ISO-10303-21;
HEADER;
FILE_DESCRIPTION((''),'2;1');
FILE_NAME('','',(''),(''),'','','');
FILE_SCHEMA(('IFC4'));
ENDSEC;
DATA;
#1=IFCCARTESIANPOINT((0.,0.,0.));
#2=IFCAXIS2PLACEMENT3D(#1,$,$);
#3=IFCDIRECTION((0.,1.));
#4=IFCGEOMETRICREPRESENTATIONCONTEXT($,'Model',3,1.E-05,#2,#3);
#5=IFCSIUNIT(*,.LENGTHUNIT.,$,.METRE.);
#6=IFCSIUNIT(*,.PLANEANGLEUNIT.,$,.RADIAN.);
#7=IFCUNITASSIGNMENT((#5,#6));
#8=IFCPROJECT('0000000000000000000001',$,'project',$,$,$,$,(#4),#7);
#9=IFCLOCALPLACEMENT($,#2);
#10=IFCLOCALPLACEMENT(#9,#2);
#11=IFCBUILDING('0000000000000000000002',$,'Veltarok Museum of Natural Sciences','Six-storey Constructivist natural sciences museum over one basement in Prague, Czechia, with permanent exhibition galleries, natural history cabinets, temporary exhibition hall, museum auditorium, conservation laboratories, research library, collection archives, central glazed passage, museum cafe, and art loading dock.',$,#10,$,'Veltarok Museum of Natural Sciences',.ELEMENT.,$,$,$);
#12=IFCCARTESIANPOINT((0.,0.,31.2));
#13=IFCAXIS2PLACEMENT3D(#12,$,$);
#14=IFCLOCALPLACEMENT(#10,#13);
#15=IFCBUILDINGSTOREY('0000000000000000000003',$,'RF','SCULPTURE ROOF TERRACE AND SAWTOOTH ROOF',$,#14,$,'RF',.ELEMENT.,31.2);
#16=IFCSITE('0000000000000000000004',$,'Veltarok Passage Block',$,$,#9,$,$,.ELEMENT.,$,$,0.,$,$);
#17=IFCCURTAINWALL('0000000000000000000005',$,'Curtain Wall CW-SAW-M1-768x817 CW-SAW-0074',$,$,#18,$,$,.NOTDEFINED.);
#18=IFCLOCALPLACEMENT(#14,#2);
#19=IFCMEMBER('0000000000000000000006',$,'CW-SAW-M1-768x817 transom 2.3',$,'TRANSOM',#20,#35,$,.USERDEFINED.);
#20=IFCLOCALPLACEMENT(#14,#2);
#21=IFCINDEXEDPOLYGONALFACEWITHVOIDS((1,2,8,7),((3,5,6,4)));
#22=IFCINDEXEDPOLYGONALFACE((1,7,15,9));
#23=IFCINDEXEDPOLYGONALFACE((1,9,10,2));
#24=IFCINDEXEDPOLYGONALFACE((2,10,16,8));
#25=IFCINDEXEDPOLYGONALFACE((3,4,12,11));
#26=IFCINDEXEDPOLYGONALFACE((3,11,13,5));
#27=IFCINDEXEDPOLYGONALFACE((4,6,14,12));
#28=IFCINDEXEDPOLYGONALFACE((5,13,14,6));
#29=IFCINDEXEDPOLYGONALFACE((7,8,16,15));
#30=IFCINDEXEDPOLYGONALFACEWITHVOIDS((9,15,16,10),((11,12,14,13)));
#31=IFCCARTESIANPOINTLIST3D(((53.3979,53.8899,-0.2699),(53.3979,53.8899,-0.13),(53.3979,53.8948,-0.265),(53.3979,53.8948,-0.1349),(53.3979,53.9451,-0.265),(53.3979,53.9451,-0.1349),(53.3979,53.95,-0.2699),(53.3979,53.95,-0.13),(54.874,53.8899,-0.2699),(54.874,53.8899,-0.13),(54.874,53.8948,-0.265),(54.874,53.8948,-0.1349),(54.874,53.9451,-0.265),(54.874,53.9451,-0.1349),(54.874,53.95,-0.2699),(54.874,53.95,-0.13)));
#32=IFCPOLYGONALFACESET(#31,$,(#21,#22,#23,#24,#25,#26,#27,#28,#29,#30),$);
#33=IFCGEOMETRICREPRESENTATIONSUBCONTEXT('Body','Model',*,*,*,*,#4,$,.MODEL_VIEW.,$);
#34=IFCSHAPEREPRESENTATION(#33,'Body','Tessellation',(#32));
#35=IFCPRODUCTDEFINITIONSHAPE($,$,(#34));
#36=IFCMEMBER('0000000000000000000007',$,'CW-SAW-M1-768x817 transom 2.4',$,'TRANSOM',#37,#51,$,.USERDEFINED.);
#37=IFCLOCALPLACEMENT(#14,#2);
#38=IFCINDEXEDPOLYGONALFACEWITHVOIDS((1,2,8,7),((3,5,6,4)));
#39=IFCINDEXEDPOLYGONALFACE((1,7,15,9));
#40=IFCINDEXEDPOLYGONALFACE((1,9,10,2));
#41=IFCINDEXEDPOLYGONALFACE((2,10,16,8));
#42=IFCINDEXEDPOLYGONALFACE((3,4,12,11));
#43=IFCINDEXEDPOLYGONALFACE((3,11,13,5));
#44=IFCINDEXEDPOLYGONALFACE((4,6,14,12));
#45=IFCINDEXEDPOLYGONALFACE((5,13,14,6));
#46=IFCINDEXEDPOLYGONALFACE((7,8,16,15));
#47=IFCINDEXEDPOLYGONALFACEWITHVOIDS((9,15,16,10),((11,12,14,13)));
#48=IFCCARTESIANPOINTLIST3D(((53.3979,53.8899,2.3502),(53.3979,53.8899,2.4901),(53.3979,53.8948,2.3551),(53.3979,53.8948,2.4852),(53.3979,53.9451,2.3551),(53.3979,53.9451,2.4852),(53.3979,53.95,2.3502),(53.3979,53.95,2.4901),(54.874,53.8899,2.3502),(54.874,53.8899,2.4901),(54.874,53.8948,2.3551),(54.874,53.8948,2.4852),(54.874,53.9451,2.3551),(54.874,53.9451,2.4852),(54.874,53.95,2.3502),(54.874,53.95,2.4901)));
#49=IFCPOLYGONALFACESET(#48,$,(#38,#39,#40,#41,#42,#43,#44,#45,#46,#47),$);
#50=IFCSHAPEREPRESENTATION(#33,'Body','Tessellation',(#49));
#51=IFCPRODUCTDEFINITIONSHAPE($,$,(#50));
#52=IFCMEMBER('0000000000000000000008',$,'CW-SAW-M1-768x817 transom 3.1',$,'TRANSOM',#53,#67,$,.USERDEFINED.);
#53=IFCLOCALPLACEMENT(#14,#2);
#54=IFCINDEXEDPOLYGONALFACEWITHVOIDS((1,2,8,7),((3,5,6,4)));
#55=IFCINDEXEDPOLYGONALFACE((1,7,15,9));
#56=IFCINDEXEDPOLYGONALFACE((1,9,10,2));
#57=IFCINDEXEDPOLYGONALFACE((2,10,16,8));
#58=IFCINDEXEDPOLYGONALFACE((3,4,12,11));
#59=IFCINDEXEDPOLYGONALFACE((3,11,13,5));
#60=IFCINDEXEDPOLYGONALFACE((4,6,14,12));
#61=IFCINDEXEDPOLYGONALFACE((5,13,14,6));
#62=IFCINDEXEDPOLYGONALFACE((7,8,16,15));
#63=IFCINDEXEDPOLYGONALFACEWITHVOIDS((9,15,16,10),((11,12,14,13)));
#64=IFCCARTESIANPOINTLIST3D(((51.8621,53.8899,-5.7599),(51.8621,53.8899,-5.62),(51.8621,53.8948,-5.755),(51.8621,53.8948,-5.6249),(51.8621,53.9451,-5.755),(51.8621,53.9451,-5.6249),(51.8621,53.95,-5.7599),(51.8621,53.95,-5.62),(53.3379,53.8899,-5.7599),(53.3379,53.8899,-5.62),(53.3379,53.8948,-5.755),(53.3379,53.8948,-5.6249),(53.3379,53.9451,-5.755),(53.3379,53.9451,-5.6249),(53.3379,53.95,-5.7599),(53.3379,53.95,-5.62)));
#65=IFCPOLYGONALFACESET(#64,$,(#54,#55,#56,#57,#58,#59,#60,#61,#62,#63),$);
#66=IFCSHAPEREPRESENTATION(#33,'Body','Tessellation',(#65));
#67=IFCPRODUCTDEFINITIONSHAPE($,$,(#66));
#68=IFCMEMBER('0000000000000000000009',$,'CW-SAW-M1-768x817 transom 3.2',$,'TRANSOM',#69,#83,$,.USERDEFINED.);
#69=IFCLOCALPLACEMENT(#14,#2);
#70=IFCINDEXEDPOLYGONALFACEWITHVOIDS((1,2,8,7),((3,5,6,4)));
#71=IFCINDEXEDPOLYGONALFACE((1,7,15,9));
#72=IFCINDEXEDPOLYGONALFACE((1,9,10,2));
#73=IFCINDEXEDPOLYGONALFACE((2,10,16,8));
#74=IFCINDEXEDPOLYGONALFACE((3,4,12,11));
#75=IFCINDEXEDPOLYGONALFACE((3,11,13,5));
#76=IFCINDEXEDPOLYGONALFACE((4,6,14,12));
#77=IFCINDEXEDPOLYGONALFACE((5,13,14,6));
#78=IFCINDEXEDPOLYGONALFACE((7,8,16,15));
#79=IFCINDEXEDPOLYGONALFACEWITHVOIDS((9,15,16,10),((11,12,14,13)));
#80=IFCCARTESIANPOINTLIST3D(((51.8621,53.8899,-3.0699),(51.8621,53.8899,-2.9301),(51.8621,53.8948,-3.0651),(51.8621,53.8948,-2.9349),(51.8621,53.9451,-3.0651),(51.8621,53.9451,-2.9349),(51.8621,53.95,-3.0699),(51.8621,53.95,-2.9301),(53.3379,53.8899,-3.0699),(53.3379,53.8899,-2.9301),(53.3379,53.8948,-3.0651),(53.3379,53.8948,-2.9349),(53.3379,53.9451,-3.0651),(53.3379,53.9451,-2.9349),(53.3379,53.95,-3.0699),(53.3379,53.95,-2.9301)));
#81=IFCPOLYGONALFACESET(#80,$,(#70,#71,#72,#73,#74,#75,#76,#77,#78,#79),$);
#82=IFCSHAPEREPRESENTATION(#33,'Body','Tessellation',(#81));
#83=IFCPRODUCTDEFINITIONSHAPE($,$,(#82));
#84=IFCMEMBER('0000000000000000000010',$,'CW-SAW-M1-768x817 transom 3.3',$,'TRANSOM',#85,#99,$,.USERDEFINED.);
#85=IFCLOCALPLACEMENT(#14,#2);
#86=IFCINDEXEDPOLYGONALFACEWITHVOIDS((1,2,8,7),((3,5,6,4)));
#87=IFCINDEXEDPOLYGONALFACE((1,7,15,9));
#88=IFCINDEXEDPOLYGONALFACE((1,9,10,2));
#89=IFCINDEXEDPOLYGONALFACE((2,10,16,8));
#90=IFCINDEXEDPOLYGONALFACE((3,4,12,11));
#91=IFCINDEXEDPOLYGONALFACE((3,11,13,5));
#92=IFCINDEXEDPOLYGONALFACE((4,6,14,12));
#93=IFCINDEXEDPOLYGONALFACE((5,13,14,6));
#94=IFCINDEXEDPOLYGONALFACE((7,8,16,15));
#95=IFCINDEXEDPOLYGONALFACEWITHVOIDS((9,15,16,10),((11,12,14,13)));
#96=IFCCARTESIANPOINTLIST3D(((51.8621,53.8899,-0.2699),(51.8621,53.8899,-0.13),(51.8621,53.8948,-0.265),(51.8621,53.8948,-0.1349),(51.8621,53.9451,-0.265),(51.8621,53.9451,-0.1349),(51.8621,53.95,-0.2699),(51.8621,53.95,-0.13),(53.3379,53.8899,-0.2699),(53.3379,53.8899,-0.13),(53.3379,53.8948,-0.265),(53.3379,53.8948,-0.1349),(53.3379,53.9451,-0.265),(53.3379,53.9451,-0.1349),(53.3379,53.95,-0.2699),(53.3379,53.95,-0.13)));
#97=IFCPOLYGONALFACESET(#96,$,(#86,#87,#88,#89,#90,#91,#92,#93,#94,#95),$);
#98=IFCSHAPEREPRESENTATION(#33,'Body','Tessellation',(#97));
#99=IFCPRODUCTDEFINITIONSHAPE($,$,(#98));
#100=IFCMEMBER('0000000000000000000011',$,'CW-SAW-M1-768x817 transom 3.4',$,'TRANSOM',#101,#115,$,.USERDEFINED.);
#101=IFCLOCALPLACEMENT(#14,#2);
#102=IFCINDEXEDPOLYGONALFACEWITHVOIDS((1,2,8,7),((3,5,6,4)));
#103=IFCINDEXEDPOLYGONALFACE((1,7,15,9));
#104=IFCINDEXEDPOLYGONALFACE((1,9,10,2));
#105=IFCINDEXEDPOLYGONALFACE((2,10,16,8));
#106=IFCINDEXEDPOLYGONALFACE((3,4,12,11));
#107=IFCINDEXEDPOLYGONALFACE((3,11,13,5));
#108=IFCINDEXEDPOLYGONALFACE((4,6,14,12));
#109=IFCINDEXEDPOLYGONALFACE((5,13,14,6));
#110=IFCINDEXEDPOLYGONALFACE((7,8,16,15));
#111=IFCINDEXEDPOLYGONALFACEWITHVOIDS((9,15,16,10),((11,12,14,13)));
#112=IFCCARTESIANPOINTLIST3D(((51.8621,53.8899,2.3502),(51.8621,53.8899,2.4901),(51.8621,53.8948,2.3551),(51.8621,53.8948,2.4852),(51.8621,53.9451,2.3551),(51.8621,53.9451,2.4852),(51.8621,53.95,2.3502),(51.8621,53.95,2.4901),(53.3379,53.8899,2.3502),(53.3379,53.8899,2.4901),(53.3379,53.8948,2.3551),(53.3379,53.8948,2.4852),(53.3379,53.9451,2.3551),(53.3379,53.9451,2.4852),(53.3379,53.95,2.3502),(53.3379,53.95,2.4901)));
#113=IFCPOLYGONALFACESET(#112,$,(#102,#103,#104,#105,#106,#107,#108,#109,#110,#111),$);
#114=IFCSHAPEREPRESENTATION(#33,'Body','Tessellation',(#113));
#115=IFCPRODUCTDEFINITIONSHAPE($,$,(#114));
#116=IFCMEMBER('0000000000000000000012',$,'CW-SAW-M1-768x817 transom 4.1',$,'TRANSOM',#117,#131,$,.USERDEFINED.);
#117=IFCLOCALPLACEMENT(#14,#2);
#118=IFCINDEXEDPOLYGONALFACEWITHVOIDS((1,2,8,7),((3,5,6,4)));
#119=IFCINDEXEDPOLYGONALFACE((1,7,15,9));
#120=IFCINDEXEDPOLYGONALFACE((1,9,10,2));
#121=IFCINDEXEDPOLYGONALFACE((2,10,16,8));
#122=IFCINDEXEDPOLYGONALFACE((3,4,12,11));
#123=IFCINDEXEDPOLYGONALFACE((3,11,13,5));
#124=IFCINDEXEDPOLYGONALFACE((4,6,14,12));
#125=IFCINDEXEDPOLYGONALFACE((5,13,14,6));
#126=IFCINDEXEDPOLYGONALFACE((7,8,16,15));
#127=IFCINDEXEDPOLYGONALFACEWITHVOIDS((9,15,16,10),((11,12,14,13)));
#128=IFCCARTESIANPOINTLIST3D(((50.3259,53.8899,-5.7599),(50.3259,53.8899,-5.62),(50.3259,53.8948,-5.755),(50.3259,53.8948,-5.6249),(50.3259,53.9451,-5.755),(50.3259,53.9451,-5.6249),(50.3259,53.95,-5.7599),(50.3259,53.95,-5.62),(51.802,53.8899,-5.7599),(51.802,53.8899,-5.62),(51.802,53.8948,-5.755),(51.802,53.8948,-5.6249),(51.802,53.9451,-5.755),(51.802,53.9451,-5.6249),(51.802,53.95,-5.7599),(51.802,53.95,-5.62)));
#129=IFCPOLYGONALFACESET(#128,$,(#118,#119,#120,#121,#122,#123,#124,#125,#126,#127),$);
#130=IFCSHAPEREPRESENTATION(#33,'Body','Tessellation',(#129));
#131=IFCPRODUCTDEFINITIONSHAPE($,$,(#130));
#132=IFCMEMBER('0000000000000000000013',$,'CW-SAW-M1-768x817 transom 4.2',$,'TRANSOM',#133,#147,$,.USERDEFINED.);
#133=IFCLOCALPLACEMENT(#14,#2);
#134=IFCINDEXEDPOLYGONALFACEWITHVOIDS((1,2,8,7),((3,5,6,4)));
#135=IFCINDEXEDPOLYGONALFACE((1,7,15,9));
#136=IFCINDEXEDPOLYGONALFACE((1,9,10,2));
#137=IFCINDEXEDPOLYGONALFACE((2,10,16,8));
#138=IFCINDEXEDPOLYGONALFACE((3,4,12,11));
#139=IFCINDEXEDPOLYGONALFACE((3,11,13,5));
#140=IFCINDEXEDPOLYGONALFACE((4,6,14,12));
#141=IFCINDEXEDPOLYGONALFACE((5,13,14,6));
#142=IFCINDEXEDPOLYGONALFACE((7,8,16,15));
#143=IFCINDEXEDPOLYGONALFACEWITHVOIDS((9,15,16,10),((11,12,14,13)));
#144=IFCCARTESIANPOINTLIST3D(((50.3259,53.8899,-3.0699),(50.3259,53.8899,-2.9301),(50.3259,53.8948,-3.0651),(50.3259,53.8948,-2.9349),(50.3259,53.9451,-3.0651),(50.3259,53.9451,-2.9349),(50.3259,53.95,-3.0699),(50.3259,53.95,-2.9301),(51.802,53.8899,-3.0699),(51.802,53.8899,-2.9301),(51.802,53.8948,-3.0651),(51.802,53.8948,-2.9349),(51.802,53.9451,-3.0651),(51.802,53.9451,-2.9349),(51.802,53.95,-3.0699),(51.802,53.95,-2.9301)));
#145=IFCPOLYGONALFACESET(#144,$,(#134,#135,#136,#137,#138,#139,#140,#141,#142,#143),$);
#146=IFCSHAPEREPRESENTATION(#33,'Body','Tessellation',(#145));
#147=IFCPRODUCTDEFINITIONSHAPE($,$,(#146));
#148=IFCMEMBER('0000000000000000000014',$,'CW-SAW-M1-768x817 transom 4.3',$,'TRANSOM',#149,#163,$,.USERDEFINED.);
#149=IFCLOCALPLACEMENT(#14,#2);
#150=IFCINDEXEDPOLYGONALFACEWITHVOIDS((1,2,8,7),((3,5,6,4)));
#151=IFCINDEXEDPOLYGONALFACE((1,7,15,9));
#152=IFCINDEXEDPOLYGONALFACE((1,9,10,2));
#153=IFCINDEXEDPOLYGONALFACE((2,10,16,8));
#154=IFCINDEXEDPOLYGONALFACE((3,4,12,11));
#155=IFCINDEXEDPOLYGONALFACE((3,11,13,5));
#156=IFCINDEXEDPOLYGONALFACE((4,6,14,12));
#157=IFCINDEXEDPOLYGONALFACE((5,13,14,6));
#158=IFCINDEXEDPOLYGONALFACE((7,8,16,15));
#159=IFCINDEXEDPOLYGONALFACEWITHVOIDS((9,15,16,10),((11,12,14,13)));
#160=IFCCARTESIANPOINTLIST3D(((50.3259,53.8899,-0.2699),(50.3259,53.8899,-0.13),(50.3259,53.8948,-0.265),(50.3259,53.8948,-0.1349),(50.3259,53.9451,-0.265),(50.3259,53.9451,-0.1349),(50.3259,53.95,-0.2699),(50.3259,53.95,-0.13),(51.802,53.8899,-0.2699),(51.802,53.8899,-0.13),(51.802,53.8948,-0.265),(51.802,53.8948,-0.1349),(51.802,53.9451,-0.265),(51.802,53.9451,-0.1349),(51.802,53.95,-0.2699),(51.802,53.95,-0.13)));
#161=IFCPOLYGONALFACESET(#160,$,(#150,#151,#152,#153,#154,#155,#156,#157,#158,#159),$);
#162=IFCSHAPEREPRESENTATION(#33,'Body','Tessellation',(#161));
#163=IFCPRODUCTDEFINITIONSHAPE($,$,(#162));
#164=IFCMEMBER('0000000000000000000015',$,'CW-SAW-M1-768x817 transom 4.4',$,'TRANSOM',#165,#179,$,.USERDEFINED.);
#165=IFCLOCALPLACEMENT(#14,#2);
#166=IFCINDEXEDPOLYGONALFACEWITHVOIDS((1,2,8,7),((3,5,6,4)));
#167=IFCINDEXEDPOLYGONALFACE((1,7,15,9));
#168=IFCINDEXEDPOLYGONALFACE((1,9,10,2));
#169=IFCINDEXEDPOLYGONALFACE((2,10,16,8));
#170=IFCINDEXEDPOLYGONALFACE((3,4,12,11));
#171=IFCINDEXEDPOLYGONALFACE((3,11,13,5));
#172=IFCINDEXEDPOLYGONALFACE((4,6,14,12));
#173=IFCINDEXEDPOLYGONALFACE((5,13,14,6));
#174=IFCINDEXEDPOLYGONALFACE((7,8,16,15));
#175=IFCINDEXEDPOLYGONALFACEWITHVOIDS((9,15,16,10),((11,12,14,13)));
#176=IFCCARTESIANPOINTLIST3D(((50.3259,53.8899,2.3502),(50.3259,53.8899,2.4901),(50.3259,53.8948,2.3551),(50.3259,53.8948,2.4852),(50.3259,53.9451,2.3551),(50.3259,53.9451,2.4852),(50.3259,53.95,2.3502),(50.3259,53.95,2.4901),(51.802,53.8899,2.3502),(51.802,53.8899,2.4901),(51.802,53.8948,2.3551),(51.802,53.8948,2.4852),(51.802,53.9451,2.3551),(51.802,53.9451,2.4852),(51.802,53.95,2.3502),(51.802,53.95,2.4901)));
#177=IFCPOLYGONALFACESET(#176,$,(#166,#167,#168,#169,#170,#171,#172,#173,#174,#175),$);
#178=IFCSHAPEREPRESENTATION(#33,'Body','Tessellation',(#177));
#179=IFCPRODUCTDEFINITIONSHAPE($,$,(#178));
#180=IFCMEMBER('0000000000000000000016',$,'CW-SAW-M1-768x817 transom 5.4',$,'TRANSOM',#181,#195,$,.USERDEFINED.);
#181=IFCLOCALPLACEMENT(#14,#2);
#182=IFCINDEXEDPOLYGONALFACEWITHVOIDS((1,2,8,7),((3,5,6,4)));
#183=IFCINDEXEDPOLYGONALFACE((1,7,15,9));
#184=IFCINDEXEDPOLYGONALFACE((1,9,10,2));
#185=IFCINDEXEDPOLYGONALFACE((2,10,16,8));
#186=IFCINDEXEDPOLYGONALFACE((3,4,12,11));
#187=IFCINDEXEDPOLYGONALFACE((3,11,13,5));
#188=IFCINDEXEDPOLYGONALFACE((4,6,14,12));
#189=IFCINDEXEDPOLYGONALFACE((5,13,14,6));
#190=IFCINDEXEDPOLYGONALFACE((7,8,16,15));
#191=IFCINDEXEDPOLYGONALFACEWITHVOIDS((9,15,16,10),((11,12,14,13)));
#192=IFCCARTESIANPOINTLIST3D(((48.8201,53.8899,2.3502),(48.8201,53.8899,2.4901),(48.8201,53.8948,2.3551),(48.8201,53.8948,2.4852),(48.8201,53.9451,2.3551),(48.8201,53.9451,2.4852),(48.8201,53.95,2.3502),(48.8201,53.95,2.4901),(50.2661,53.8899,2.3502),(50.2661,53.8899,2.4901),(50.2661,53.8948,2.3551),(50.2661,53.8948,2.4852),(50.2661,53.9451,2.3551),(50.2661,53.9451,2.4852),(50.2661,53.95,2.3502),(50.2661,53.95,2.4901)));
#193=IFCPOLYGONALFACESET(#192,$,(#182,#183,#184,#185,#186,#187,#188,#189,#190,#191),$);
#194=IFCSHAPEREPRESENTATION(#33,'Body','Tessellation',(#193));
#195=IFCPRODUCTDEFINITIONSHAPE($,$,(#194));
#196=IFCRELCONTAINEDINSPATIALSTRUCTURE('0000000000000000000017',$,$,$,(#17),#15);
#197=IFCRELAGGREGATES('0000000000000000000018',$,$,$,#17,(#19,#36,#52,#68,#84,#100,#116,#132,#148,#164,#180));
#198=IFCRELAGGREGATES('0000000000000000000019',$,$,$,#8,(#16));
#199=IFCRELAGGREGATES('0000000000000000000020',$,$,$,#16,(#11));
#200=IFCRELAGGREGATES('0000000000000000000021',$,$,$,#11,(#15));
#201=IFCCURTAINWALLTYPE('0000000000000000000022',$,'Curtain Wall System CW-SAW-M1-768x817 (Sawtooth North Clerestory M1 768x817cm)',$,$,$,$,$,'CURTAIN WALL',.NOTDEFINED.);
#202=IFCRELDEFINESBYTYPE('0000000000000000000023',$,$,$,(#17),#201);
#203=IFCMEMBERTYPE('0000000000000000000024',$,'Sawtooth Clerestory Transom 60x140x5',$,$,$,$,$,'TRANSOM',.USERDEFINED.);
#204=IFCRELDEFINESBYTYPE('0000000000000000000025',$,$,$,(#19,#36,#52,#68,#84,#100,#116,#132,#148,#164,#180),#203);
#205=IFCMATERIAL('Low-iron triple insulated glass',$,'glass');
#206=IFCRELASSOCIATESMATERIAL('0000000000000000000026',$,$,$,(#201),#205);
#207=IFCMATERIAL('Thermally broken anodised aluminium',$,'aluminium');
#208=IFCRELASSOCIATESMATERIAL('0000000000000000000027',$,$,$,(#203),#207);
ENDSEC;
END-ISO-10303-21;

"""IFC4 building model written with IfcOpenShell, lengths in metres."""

from ifc_helpers import new_model, si_unit, direction, frame, origin, origin_2d, place, context, subcontext, project, spatial, hollow_rectangle, extrude, material, material_profile, profile_set, type_object, element, aggregate, save


model = new_model("IFC4")

# Units and contexts
model_context = context("Model", 3, precision=1e-05, world=origin(), true_north=direction((0.0, 1.0)))
body_context = subcontext(model_context, "Body", "Model", "MODEL_VIEW")
ifc_project = project(units=[si_unit("LENGTHUNIT", "METRE"), si_unit("PLANEANGLEUNIT", "RADIAN")], contexts=[model_context])

# Site, building, storey
site_placement = place(None, origin())
site = spatial("IfcSite", under=ifc_project, at=site_placement, Name="Veltarok Passage Block", CompositionType="ELEMENT", RefElevation=0.0)
building_placement = place(site_placement, origin())
building = spatial("IfcBuilding", under=site, at=building_placement, Name="Veltarok Museum of Natural Sciences", Description="Six-storey Constructivist natural sciences museum over one basement in Prague, Czechia, with permanent exhibition galleries, natural history cabinets, temporary exhibition hall, museum auditorium, conservation laboratories, research library, collection archives, central glazed passage, museum cafe, and art loading dock.", LongName="Veltarok Museum of Natural Sciences", CompositionType="ELEMENT")
storey_placement = place(building_placement, frame((0.0, 0.0, 31.2)))
storey = spatial("IfcBuildingStorey", under=building, at=storey_placement, Name="RF", Description="SCULPTURE ROOF TERRACE AND SAWTOOTH ROOF", LongName="RF", CompositionType="ELEMENT", Elevation=31.2)

# Curtain wall, members
ifc_material_1 = material(Name="Low-iron triple insulated glass", Category="glass")
curtain_wall_type = type_object("IfcCurtainWallType", Name="Curtain Wall System CW-SAW-M1-768x817 (Sawtooth North Clerestory M1 768x817cm)", ElementType="CURTAIN WALL", PredefinedType="NOTDEFINED", material=ifc_material_1)
curtain_wall_placement = place(storey_placement, origin())
curtain_wall = element("IfcCurtainWall", 1, at=curtain_wall_placement, inside=storey, type_object=curtain_wall_type, Name="Curtain Wall CW-SAW-M1-768x817 CW-SAW-0074", PredefinedType="NOTDEFINED")
ifc_material_2 = material(Name="Thermally broken anodised aluminium", Category="aluminium")
ifc_material_profile_1 = material_profile(ifc_material_2, hollow_rectangle(XDim=0.0601, YDim=0.1399, WallThickness=0.0049, at=origin_2d()), Name="CW TRANSOM 60x140x5")
ifc_profile_set_1 = profile_set([ifc_material_profile_1], Name="Thermally broken anodised aluminium")
member_type_1 = type_object("IfcMemberType", Name="Sawtooth Clerestory Transom 60x140x5", ElementType="TRANSOM", PredefinedType="USERDEFINED", material=ifc_profile_set_1)
member_1_placement = place(storey_placement, frame((54.874, 53.9199, -0.2), z_axis=(-1.0, 0.0, 0.0), x_axis=(0.0, -1.0, 0.0)))
member_1 = element("IfcMember", 2, at=member_1_placement, type_object=member_type_1, Name="CW-SAW-M1-768x817 transom 2.3", ObjectType="TRANSOM", PredefinedType="USERDEFINED", context=body_context, shape_type="SweptSolid", body=[
    extrude(hollow_rectangle(XDim=0.0601, YDim=0.1399, WallThickness=0.0049, at=origin_2d()), origin(), (0.0, 0.0, 1.0), 1.4761),
])
member_2_placement = place(storey_placement, frame((54.874, 53.9199, 2.4202), z_axis=(-1.0, 0.0, 0.0), x_axis=(0.0, -1.0, 0.0)))
member_2 = element("IfcMember", 3, at=member_2_placement, type_object=member_type_1, Name="CW-SAW-M1-768x817 transom 2.4", ObjectType="TRANSOM", PredefinedType="USERDEFINED", context=body_context, shape_type="SweptSolid", body=[
    extrude(hollow_rectangle(XDim=0.0601, YDim=0.1399, WallThickness=0.0049, at=origin_2d()), origin(), (0.0, 0.0, 1.0), 1.4761),
])
member_3_placement = place(storey_placement, frame((53.3379, 53.9199, -5.6899), z_axis=(-1.0, 0.0, 0.0), x_axis=(0.0, -1.0, 0.0)))
member_3 = element("IfcMember", 4, at=member_3_placement, type_object=member_type_1, Name="CW-SAW-M1-768x817 transom 3.1", ObjectType="TRANSOM", PredefinedType="USERDEFINED", context=body_context, shape_type="SweptSolid", body=[
    extrude(hollow_rectangle(XDim=0.0601, YDim=0.1399, WallThickness=0.0049, at=origin_2d()), origin(), (0.0, 0.0, 1.0), 1.4758),
])
member_4_placement = place(storey_placement, frame((53.3379, 53.9199, -3.0), z_axis=(-1.0, 0.0, 0.0), x_axis=(0.0, -1.0, 0.0)))
member_4 = element("IfcMember", 5, at=member_4_placement, type_object=member_type_1, Name="CW-SAW-M1-768x817 transom 3.2", ObjectType="TRANSOM", PredefinedType="USERDEFINED", context=body_context, shape_type="SweptSolid", body=[
    extrude(hollow_rectangle(XDim=0.0601, YDim=0.1399, WallThickness=0.0049, at=origin_2d()), origin(), (0.0, 0.0, 1.0), 1.4758),
])
member_5_placement = place(storey_placement, frame((53.3379, 53.9199, -0.2), z_axis=(-1.0, 0.0, 0.0), x_axis=(0.0, -1.0, 0.0)))
member_5 = element("IfcMember", 6, at=member_5_placement, type_object=member_type_1, Name="CW-SAW-M1-768x817 transom 3.3", ObjectType="TRANSOM", PredefinedType="USERDEFINED", context=body_context, shape_type="SweptSolid", body=[
    extrude(hollow_rectangle(XDim=0.0601, YDim=0.1399, WallThickness=0.0049, at=origin_2d()), origin(), (0.0, 0.0, 1.0), 1.4758),
])
member_6_placement = place(storey_placement, frame((53.3379, 53.9199, 2.4202), z_axis=(-1.0, 0.0, 0.0), x_axis=(0.0, -1.0, 0.0)))
member_6 = element("IfcMember", 7, at=member_6_placement, type_object=member_type_1, Name="CW-SAW-M1-768x817 transom 3.4", ObjectType="TRANSOM", PredefinedType="USERDEFINED", context=body_context, shape_type="SweptSolid", body=[
    extrude(hollow_rectangle(XDim=0.0601, YDim=0.1399, WallThickness=0.0049, at=origin_2d()), origin(), (0.0, 0.0, 1.0), 1.4758),
])
member_7_placement = place(storey_placement, frame((51.802, 53.9199, -5.6899), z_axis=(-1.0, 0.0, 0.0), x_axis=(0.0, -1.0, 0.0)))
member_7 = element("IfcMember", 8, at=member_7_placement, type_object=member_type_1, Name="CW-SAW-M1-768x817 transom 4.1", ObjectType="TRANSOM", PredefinedType="USERDEFINED", context=body_context, shape_type="SweptSolid", body=[
    extrude(hollow_rectangle(XDim=0.0601, YDim=0.1399, WallThickness=0.0049, at=origin_2d()), origin(), (0.0, 0.0, 1.0), 1.4761),
])
member_8_placement = place(storey_placement, frame((51.802, 53.9199, -3.0), z_axis=(-1.0, 0.0, 0.0), x_axis=(0.0, -1.0, 0.0)))
member_8 = element("IfcMember", 9, at=member_8_placement, type_object=member_type_1, Name="CW-SAW-M1-768x817 transom 4.2", ObjectType="TRANSOM", PredefinedType="USERDEFINED", context=body_context, shape_type="SweptSolid", body=[
    extrude(hollow_rectangle(XDim=0.0601, YDim=0.1399, WallThickness=0.0049, at=origin_2d()), origin(), (0.0, 0.0, 1.0), 1.4761),
])
member_9_placement = place(storey_placement, frame((51.802, 53.9199, -0.2), z_axis=(-1.0, 0.0, 0.0), x_axis=(0.0, -1.0, 0.0)))
member_9 = element("IfcMember", 10, at=member_9_placement, type_object=member_type_1, Name="CW-SAW-M1-768x817 transom 4.3", ObjectType="TRANSOM", PredefinedType="USERDEFINED", context=body_context, shape_type="SweptSolid", body=[
    extrude(hollow_rectangle(XDim=0.0601, YDim=0.1399, WallThickness=0.0049, at=origin_2d()), origin(), (0.0, 0.0, 1.0), 1.4761),
])
member_10_placement = place(storey_placement, frame((51.802, 53.9199, 2.4202), z_axis=(-1.0, 0.0, 0.0), x_axis=(0.0, -1.0, 0.0)))
member_10 = element("IfcMember", 11, at=member_10_placement, type_object=member_type_1, Name="CW-SAW-M1-768x817 transom 4.4", ObjectType="TRANSOM", PredefinedType="USERDEFINED", context=body_context, shape_type="SweptSolid", body=[
    extrude(hollow_rectangle(XDim=0.0601, YDim=0.1399, WallThickness=0.0049, at=origin_2d()), origin(), (0.0, 0.0, 1.0), 1.4761),
])
member_11_placement = place(storey_placement, frame((50.2661, 53.9199, 2.4202), z_axis=(-1.0, 0.0, 0.0), x_axis=(0.0, -1.0, 0.0)))
member_11 = element("IfcMember", 12, at=member_11_placement, type_object=member_type_1, Name="CW-SAW-M1-768x817 transom 5.4", ObjectType="TRANSOM", PredefinedType="USERDEFINED", context=body_context, shape_type="SweptSolid", body=[
    extrude(hollow_rectangle(XDim=0.0601, YDim=0.1399, WallThickness=0.0049, at=origin_2d()), origin(), (0.0, 0.0, 1.0), 1.446),
])
aggregate(curtain_wall, [member_1, member_2, member_3, member_4, member_5, member_6, member_7, member_8, member_9, member_10, member_11])

save(model, "model.ifc")
